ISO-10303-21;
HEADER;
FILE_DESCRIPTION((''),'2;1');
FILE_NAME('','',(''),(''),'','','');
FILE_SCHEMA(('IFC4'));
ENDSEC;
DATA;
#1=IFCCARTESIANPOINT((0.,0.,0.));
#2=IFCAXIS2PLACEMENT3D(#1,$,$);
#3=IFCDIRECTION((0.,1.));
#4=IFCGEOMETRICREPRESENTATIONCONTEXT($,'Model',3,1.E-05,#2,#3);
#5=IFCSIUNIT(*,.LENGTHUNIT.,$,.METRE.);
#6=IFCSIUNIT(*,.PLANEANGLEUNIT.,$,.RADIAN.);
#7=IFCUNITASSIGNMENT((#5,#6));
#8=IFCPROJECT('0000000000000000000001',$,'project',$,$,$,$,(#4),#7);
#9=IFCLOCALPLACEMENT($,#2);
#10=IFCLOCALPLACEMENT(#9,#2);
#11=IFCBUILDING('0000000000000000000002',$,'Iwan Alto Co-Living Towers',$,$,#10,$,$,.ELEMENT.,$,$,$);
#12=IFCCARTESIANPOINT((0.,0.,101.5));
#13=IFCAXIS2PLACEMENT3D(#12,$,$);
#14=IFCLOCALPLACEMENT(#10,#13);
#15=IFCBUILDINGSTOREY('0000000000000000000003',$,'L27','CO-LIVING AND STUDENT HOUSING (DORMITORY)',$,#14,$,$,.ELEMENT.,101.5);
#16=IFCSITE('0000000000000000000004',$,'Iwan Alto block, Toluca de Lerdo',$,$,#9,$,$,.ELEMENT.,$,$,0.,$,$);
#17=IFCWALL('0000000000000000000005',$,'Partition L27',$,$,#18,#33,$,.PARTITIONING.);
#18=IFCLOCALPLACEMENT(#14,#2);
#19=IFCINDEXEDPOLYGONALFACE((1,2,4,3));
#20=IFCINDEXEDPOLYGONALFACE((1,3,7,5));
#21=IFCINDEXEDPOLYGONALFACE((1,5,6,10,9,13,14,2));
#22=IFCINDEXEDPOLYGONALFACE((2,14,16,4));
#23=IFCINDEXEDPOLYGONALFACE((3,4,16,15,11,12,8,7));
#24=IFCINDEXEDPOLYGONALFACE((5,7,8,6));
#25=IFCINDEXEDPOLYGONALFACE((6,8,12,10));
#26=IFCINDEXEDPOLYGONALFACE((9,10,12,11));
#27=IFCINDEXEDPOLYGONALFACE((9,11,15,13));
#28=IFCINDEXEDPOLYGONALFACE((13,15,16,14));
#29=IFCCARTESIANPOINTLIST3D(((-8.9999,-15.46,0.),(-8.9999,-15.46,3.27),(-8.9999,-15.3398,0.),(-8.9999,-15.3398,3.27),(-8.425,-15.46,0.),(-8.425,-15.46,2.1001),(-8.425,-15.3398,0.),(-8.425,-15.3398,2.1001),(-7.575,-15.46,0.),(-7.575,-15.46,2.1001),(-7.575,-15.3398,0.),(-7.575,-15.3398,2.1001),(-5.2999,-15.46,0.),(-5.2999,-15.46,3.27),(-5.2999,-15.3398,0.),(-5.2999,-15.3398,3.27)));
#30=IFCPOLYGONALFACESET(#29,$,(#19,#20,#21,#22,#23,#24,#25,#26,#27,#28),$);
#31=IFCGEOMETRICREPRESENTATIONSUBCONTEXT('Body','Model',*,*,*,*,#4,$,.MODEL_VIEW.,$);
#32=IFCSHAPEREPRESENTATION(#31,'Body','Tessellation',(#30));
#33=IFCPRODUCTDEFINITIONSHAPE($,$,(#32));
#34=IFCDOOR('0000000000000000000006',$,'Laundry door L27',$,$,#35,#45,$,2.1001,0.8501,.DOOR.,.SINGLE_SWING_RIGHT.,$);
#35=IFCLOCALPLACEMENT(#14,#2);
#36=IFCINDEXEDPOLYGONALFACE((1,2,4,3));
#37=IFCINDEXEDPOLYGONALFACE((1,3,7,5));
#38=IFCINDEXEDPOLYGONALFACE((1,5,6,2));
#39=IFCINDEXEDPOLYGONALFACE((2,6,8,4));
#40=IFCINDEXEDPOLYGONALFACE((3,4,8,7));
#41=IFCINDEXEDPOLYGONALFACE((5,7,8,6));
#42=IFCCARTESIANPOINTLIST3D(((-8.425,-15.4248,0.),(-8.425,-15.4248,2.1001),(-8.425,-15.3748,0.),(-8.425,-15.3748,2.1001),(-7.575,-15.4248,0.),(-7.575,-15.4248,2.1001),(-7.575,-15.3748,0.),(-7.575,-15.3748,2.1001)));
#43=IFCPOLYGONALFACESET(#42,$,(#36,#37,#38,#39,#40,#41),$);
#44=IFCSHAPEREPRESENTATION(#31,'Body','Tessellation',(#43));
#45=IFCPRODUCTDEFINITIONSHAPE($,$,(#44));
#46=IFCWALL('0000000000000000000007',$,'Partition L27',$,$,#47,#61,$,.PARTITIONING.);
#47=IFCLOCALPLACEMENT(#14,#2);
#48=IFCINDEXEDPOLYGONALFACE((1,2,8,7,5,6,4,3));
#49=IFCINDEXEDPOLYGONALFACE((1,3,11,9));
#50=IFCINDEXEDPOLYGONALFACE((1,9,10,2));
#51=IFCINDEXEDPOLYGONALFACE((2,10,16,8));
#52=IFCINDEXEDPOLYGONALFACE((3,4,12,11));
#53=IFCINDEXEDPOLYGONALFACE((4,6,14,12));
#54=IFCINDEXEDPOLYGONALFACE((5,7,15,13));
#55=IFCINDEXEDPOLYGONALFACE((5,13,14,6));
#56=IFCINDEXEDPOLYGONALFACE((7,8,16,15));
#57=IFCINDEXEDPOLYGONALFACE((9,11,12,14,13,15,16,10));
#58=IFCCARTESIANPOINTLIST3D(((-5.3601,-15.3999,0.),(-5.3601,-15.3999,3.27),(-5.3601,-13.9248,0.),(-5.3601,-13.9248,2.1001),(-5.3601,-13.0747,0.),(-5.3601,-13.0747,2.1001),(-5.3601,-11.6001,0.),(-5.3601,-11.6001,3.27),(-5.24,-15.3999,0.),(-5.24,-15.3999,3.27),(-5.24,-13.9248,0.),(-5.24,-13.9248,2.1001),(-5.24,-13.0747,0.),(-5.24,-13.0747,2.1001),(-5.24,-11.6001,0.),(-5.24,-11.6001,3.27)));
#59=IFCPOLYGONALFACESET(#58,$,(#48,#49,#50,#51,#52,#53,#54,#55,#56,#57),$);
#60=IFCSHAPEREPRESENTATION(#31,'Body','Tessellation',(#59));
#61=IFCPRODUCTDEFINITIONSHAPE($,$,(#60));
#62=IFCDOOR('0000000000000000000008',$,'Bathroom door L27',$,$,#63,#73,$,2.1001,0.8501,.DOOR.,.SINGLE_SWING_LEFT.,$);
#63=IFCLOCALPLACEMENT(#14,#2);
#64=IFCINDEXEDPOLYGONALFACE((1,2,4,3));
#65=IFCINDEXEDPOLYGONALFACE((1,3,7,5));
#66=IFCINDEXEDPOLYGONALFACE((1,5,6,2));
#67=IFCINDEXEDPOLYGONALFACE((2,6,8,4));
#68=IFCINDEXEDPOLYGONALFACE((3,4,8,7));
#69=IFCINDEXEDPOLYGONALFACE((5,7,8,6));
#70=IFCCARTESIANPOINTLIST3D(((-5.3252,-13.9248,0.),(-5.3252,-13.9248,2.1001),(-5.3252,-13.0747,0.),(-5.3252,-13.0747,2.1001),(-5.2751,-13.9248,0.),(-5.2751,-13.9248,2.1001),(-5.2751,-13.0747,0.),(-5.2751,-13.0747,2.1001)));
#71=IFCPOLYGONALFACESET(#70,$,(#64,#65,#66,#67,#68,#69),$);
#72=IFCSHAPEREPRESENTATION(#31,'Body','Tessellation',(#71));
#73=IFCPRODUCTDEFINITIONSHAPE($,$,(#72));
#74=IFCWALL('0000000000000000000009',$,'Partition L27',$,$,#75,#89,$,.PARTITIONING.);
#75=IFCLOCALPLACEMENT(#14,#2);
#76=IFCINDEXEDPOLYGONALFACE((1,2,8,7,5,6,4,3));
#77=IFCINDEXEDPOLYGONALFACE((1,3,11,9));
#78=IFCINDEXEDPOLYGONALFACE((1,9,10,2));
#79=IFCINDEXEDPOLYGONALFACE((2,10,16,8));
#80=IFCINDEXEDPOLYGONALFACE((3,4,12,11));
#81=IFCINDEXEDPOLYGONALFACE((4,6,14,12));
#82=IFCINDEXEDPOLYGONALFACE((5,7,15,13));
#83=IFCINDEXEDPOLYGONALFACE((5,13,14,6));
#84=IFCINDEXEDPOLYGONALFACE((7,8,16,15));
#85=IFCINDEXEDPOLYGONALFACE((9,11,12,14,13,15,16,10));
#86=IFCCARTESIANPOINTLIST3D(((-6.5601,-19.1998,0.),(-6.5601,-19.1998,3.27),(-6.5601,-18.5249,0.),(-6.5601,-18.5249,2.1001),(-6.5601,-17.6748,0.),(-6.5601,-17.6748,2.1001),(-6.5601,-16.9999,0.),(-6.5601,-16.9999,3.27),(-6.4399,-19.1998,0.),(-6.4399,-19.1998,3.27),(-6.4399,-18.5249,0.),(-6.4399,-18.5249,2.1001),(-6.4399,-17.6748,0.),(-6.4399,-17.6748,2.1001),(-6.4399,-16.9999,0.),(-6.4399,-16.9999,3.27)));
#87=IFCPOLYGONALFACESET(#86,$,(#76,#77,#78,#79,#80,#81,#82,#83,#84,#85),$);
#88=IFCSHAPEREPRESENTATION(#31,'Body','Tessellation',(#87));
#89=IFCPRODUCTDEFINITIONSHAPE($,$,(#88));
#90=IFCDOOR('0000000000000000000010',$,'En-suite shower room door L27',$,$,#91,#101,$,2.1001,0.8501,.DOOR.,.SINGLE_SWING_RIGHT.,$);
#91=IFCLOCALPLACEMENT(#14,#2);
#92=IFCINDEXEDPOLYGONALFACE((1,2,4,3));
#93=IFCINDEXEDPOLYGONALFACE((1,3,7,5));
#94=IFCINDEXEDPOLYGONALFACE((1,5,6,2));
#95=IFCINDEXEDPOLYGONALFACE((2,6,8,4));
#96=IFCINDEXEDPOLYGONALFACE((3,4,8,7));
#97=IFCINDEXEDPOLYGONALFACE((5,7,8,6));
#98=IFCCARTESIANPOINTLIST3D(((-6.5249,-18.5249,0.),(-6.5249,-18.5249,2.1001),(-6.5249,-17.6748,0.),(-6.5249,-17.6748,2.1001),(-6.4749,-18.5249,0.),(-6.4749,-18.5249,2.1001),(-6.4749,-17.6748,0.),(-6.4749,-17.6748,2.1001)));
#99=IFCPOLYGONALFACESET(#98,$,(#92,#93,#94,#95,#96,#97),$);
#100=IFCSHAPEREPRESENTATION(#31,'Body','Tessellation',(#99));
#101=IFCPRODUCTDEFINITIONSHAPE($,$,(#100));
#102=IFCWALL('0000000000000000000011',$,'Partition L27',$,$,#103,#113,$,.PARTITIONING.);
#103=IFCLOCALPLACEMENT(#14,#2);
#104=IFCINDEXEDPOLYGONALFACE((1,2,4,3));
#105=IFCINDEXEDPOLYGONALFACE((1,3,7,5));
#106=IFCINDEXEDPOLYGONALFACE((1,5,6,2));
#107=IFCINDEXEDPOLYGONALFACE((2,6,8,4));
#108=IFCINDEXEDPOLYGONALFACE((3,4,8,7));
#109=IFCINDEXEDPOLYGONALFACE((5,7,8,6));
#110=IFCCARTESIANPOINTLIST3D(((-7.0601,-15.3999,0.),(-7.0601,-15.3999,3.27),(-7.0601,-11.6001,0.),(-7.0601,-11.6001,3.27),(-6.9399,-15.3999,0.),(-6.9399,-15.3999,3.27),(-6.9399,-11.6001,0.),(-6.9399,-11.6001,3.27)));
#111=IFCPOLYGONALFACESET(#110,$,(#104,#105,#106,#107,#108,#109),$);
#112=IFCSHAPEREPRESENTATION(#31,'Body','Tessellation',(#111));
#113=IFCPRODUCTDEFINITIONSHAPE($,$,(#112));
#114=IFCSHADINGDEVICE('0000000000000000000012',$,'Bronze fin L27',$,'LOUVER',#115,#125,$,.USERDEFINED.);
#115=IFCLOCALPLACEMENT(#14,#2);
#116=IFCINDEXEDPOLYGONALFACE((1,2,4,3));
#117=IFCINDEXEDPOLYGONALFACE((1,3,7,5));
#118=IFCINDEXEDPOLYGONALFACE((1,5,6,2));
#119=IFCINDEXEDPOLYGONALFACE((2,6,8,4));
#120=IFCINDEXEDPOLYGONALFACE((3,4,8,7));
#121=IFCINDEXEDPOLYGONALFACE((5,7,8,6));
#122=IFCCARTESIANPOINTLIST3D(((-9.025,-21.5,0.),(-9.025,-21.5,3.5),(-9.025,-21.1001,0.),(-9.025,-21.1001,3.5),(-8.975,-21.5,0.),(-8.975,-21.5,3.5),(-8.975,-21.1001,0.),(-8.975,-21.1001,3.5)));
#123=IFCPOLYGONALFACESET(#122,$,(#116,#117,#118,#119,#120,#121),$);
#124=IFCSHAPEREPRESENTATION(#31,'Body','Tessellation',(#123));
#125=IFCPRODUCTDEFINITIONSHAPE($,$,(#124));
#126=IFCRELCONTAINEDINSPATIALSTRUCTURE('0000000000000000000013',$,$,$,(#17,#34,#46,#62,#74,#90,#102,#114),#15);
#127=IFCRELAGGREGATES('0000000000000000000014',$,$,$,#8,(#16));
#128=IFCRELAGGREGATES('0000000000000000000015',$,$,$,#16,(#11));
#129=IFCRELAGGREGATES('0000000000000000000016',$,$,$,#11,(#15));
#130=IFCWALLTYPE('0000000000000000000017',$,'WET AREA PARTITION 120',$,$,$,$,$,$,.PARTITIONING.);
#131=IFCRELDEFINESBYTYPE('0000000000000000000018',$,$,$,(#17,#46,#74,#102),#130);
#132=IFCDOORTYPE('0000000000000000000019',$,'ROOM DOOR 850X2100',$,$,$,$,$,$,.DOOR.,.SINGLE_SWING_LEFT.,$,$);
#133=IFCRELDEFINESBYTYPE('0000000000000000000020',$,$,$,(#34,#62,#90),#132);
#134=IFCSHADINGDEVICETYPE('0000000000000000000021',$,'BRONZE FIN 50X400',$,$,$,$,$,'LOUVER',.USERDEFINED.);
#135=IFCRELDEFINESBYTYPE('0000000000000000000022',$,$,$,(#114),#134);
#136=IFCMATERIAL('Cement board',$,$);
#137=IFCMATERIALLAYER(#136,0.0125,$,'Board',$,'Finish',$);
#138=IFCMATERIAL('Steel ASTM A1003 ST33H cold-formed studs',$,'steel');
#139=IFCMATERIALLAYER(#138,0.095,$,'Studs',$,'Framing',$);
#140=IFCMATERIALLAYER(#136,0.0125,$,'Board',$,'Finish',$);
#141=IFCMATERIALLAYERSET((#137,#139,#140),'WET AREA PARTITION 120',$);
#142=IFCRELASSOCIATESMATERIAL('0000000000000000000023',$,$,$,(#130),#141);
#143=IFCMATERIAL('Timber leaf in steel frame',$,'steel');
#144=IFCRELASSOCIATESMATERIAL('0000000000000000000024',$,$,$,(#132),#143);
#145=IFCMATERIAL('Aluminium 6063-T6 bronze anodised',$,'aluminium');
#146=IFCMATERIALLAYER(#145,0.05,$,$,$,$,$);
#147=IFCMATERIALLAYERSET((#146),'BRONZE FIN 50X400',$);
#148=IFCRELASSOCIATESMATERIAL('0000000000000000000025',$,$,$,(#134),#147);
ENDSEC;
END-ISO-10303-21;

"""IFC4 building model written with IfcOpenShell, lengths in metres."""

from ifc_helpers import new_model, si_unit, direction, frame, frame_2d, origin, origin_2d, place, context, subcontext, project, spatial, rectangle, extrude, material, layer, layer_set, type_object, element, fill, save


model = new_model("IFC4")

# Units and contexts
model_context = context("Model", 3, precision=1e-05, world=origin(), true_north=direction((0.0, 1.0)))
body_context = subcontext(model_context, "Body", "Model", "MODEL_VIEW")
ifc_project = project(units=[si_unit("LENGTHUNIT", "METRE"), si_unit("PLANEANGLEUNIT", "RADIAN")], contexts=[model_context])

# Site, building, storey
site_placement = place(None, origin())
site = spatial("IfcSite", under=ifc_project, at=site_placement, Name="Iwan Alto block, Toluca de Lerdo", CompositionType="ELEMENT", RefElevation=0.0)
building_placement = place(site_placement, origin())
building = spatial("IfcBuilding", under=site, at=building_placement, Name="Iwan Alto Co-Living Towers", CompositionType="ELEMENT")
storey_placement = place(building_placement, frame((0.0, 0.0, 101.5)))
storey = spatial("IfcBuildingStorey", under=building, at=storey_placement, Name="L27", Description="CO-LIVING AND STUDENT HOUSING (DORMITORY)", CompositionType="ELEMENT", Elevation=101.5)

# Shared definitions
ifc_material_1 = material(Name="Steel ASTM A1003 ST33H cold-formed studs", Category="steel")

# Walls, openings, doors
ifc_material_2 = material(Name="Cement board")
ifc_layer_1 = layer(ifc_material_2, 0.0125, Name="Board", Category="Finish")
ifc_layer_2 = layer(ifc_material_1, 0.095, Name="Studs", Category="Framing")
ifc_layer_3 = layer(ifc_material_2, 0.0125, Name="Board", Category="Finish")
ifc_layer_set_1 = layer_set([ifc_layer_1, ifc_layer_2, ifc_layer_3], Name="WET AREA PARTITION 120")
wall_type_1 = type_object("IfcWallType", Name="WET AREA PARTITION 120", PredefinedType="PARTITIONING", material=ifc_layer_set_1)
wall_1_placement = place(storey_placement, frame((-9.0, -15.3999, 0.0), z_axis=(0.0, 0.0, 1.0), x_axis=(1.0, 0.0, 0.0)))
wall_1 = element("IfcWall", 1, at=wall_1_placement, inside=storey, type_object=wall_type_1, Name="Partition L27", PredefinedType="PARTITIONING", context=body_context, shape_type="SweptSolid", body=[
    extrude(rectangle(XDim=3.7, YDim=0.1201, at=frame_2d((1.8501, 0.0))), origin(), (0.0, 0.0, 1.0), 3.27),
])
opening_1_placement = place(wall_1_placement, frame((0.575, 0.0, 0.0)))
opening_1 = element("IfcOpeningElement", 2, at=opening_1_placement, cuts=wall_1, PredefinedType="OPENING", context=body_context, shape_type="SweptSolid", body=[
    extrude(rectangle(XDim=0.8501, YDim=2.1001, at=frame_2d((0.425, 1.05))), frame((0.0, 0.0701, 0.0), z_axis=(0.0, -1.0, 0.0), x_axis=(1.0, 0.0, 0.0)), (0.0, 0.0, 1.0), 0.1401),
])
ifc_material_3 = material(Name="Timber leaf in steel frame", Category="steel")
door_type_1 = type_object("IfcDoorType", Name="ROOM DOOR 850X2100", OperationType="SINGLE_SWING_LEFT", PredefinedType="DOOR", material=ifc_material_3)
door_1_placement = place(opening_1_placement, frame((0.8501, 0.0, 0.0), z_axis=(0.0, 0.0, 1.0), x_axis=(-1.0, 0.0, 0.0)))
door_1 = element("IfcDoor", 3, at=door_1_placement, inside=storey, type_object=door_type_1, Name="Laundry door L27", OperationType="SINGLE_SWING_RIGHT", OverallHeight=2.1001, OverallWidth=0.8501, PredefinedType="DOOR", context=body_context, shape_type="SweptSolid", body=[
    extrude(rectangle(XDim=0.8501, YDim=2.1001, at=frame_2d((0.425, 1.05))), frame((0.0, 0.0249, 0.0), z_axis=(0.0, -1.0, 0.0), x_axis=(1.0, 0.0, 0.0)), (0.0, 0.0, 1.0), 0.05),
])
fill(opening_1, door_1)
wall_2_placement = place(storey_placement, frame((-5.3, -15.3999, 0.0), z_axis=(0.0, 0.0, 1.0), x_axis=(0.0, 1.0, 0.0)))
wall_2 = element("IfcWall", 4, at=wall_2_placement, inside=storey, type_object=wall_type_1, Name="Partition L27", PredefinedType="PARTITIONING", context=body_context, shape_type="SweptSolid", body=[
    extrude(rectangle(XDim=3.7998, YDim=0.1201, at=frame_2d((1.8999, 0.0))), origin(), (0.0, 0.0, 1.0), 3.27),
])
opening_2_placement = place(wall_2_placement, frame((1.4751, 0.0, 0.0)))
opening_2 = element("IfcOpeningElement", 5, at=opening_2_placement, cuts=wall_2, PredefinedType="OPENING", context=body_context, shape_type="SweptSolid", body=[
    extrude(rectangle(XDim=0.8501, YDim=2.1001, at=frame_2d((0.425, 1.05))), frame((0.0, 0.0701, 0.0), z_axis=(0.0, -1.0, 0.0), x_axis=(1.0, 0.0, 0.0)), (0.0, 0.0, 1.0), 0.1401),
])
door_2_placement = place(opening_2_placement, frame((0.8501, 0.0, 0.0), z_axis=(0.0, 0.0, 1.0), x_axis=(-1.0, 0.0, 0.0)))
door_2 = element("IfcDoor", 6, at=door_2_placement, inside=storey, type_object=door_type_1, Name="Bathroom door L27", OperationType="SINGLE_SWING_LEFT", OverallHeight=2.1001, OverallWidth=0.8501, PredefinedType="DOOR", context=body_context, shape_type="SweptSolid", body=[
    extrude(rectangle(XDim=0.8501, YDim=2.1001, at=frame_2d((0.425, 1.05))), frame((0.0, 0.0249, 0.0), z_axis=(0.0, -1.0, 0.0), x_axis=(1.0, 0.0, 0.0)), (0.0, 0.0, 1.0), 0.05),
])
fill(opening_2, door_2)
wall_3_placement = place(storey_placement, frame((-6.5, -19.2, 0.0), z_axis=(0.0, 0.0, 1.0), x_axis=(0.0, 1.0, 0.0)))
wall_3 = element("IfcWall", 7, at=wall_3_placement, inside=storey, type_object=wall_type_1, Name="Partition L27", PredefinedType="PARTITIONING", context=body_context, shape_type="SweptSolid", body=[
    extrude(rectangle(XDim=2.2, YDim=0.1201, at=frame_2d((1.1001, 0.0))), origin(), (0.0, 0.0, 1.0), 3.27),
])
opening_3_placement = place(wall_3_placement, frame((0.675, 0.0, 0.0)))
opening_3 = element("IfcOpeningElement", 8, at=opening_3_placement, cuts=wall_3, PredefinedType="OPENING", context=body_context, shape_type="SweptSolid", body=[
    extrude(rectangle(XDim=0.8501, YDim=2.1001, at=frame_2d((0.425, 1.05))), frame((0.0, 0.0701, 0.0), z_axis=(0.0, -1.0, 0.0), x_axis=(1.0, 0.0, 0.0)), (0.0, 0.0, 1.0), 0.1401),
])
door_3_placement = place(opening_3_placement, origin())
door_3 = element("IfcDoor", 9, at=door_3_placement, inside=storey, type_object=door_type_1, Name="En-suite shower room door L27", OperationType="SINGLE_SWING_RIGHT", OverallHeight=2.1001, OverallWidth=0.8501, PredefinedType="DOOR", context=body_context, shape_type="SweptSolid", body=[
    extrude(rectangle(XDim=0.8501, YDim=2.1001, at=frame_2d((0.425, 1.05))), frame((0.0, 0.0249, 0.0), z_axis=(0.0, -1.0, 0.0), x_axis=(1.0, 0.0, 0.0)), (0.0, 0.0, 1.0), 0.05),
])
fill(opening_3, door_3)

# Wall
wall_4_placement = place(storey_placement, frame((-7.0, -15.3999, 0.0), z_axis=(0.0, 0.0, 1.0), x_axis=(0.0, 1.0, 0.0)))
element("IfcWall", 10, at=wall_4_placement, inside=storey, type_object=wall_type_1, Name="Partition L27", PredefinedType="PARTITIONING", context=body_context, shape_type="SweptSolid", body=[
    extrude(rectangle(XDim=3.7998, YDim=0.1201, at=frame_2d((1.8999, 0.0))), origin(), (0.0, 0.0, 1.0), 3.27),
])

# Shading device
ifc_material_4 = material(Name="Aluminium 6063-T6 bronze anodised", Category="aluminium")
ifc_layer_4 = layer(ifc_material_4, 0.05)
ifc_layer_set_2 = layer_set([ifc_layer_4], Name="BRONZE FIN 50X400")
shading_device_type = type_object("IfcShadingDeviceType", Name="BRONZE FIN 50X400", ElementType="LOUVER", PredefinedType="USERDEFINED", material=ifc_layer_set_2)
shading_device_placement = place(storey_placement, frame((-9.0, -21.3, 0.0), z_axis=(0.0, 0.0, 1.0), x_axis=(1.0, 0.0, 0.0)))
element("IfcShadingDevice", 11, at=shading_device_placement, inside=storey, type_object=shading_device_type, Name="Bronze fin L27", ObjectType="LOUVER", PredefinedType="USERDEFINED", context=body_context, shape_type="SweptSolid", body=[
    extrude(rectangle(XDim=0.05, YDim=0.3999, at=origin_2d()), origin(), (0.0, 0.0, 1.0), 3.5),
])

save(model, "model.ifc")
